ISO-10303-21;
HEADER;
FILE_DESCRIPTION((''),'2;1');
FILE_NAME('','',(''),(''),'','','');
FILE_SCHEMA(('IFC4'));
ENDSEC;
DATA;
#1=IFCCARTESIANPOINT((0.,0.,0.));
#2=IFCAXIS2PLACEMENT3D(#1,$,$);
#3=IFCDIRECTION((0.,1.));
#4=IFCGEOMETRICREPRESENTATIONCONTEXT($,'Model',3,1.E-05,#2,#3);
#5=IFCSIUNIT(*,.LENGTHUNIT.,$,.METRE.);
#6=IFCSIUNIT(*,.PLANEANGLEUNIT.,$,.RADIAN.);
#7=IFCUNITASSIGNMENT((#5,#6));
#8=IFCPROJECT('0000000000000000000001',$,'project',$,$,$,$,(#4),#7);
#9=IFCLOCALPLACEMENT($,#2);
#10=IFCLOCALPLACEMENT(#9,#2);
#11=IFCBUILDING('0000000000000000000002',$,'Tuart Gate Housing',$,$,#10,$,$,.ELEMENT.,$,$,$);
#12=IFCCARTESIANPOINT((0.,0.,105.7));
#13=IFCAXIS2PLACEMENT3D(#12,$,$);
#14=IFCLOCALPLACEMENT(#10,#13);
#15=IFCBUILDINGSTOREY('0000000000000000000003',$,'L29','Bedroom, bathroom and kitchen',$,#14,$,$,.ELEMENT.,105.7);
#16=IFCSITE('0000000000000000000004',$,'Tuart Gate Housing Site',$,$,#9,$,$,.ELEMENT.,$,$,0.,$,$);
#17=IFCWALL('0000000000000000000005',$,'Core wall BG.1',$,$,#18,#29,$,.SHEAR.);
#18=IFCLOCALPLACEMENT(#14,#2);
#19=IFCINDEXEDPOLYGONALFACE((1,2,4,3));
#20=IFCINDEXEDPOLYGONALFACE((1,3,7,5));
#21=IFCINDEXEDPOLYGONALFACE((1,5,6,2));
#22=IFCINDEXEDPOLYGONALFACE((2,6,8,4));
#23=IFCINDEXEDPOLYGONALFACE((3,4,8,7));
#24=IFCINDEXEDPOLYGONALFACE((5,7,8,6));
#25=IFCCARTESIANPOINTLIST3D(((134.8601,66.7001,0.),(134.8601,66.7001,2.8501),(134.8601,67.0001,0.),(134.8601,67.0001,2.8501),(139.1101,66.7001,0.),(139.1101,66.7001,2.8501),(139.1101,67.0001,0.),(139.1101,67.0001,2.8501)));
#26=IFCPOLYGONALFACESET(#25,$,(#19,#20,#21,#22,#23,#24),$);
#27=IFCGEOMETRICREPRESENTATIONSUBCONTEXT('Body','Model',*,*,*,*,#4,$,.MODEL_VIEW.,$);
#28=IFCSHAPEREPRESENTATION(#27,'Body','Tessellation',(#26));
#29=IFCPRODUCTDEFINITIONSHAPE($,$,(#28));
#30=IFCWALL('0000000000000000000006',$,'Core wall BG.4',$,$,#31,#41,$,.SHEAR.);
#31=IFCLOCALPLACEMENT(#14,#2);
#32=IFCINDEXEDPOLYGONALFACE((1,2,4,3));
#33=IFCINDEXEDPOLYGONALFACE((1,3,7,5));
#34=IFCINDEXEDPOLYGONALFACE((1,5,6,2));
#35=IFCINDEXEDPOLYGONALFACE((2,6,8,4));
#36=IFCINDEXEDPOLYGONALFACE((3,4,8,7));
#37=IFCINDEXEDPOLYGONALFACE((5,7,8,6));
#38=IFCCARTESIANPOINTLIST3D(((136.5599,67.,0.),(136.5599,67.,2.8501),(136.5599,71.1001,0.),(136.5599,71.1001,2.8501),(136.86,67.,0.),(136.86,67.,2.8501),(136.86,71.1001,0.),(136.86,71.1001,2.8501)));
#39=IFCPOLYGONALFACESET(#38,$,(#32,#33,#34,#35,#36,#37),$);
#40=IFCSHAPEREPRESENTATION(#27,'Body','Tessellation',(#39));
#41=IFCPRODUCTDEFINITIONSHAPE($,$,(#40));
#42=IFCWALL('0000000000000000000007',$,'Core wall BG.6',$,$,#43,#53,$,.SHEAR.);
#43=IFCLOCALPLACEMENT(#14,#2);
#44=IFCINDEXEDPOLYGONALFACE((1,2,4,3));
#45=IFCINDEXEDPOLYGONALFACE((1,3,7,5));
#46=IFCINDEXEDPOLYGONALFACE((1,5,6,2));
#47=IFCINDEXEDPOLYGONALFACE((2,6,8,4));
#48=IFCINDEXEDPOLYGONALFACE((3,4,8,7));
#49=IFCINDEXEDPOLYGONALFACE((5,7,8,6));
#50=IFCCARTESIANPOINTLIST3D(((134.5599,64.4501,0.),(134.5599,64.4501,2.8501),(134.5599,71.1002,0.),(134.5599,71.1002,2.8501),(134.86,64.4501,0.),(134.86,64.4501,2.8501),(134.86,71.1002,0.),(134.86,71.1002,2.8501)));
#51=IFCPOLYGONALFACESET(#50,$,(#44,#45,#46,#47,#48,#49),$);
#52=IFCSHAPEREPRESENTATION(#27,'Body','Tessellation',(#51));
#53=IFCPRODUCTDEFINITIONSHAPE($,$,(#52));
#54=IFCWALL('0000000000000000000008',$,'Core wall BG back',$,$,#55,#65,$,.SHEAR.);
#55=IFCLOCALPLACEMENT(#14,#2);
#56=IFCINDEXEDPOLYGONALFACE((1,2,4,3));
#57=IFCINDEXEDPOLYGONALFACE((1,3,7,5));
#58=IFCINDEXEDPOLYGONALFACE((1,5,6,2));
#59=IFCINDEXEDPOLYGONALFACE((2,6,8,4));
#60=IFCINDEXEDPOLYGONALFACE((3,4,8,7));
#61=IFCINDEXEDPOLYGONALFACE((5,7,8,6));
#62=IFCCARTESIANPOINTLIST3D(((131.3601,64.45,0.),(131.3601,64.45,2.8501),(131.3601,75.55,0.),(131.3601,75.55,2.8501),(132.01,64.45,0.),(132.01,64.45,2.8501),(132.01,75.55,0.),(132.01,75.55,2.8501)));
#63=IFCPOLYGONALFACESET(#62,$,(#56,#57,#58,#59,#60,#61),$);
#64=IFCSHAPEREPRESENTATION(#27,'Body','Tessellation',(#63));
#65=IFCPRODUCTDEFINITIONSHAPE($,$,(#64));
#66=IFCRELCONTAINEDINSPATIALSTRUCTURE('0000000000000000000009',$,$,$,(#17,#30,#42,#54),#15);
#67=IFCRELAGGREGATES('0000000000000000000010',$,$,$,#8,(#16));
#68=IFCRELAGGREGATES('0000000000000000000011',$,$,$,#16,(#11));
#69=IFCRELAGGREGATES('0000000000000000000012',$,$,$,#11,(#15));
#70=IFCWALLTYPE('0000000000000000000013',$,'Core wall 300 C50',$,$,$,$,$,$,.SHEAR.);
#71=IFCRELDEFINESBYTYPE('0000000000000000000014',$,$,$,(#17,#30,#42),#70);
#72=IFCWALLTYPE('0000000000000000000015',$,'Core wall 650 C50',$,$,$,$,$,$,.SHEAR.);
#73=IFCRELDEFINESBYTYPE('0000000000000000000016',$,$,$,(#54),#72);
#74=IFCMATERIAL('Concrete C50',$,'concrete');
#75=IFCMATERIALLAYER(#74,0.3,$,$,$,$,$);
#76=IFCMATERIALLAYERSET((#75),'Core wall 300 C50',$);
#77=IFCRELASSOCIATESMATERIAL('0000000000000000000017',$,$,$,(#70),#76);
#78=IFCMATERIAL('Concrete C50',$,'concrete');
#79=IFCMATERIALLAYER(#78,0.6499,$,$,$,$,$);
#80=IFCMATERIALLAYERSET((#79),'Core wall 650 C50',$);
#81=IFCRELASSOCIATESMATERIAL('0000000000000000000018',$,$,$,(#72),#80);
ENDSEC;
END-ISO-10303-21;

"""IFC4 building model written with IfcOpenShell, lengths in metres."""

from ifc_helpers import new_model, si_unit, direction, frame, frame_2d, origin, place, context, subcontext, project, spatial, rectangle, extrude, material, layer, layer_set, type_object, element, save


model = new_model("IFC4")

# Units and contexts
model_context = context("Model", 3, precision=1e-05, world=origin(), true_north=direction((0.0, 1.0)))
body_context = subcontext(model_context, "Body", "Model", "MODEL_VIEW")
ifc_project = project(units=[si_unit("LENGTHUNIT", "METRE"), si_unit("PLANEANGLEUNIT", "RADIAN")], contexts=[model_context])

# Site, building, storey
site_placement = place(None, origin())
site = spatial("IfcSite", under=ifc_project, at=site_placement, Name="Tuart Gate Housing Site", CompositionType="ELEMENT", RefElevation=0.0)
building_placement = place(site_placement, origin())
building = spatial("IfcBuilding", under=site, at=building_placement, Name="Tuart Gate Housing", CompositionType="ELEMENT")
storey_placement = place(building_placement, frame((0.0, 0.0, 105.7)))
storey = spatial("IfcBuildingStorey", under=building, at=storey_placement, Name="L29", Description="Bedroom, bathroom and kitchen", CompositionType="ELEMENT", Elevation=105.7)

# Walls
ifc_material_1 = material(Name="Concrete C50", Category="concrete")
ifc_layer_1 = layer(ifc_material_1, 0.3)
ifc_layer_set_1 = layer_set([ifc_layer_1], Name="Core wall 300 C50")
wall_type_1 = type_object("IfcWallType", Name="Core wall 300 C50", PredefinedType="SHEAR", material=ifc_layer_set_1)
wall_1_placement = place(storey_placement, frame((139.1101, 66.8501, 0.0), z_axis=(0.0, 0.0, 1.0), x_axis=(-1.0, 0.0, 0.0)))
element("IfcWall", 1, at=wall_1_placement, inside=storey, type_object=wall_type_1, Name="Core wall BG.1", PredefinedType="SHEAR", context=body_context, shape_type="SweptSolid", body=[
    extrude(rectangle(XDim=4.25, YDim=0.3, at=frame_2d((2.125, 0.0))), origin(), (0.0, 0.0, 1.0), 2.8501),
])
wall_2_placement = place(storey_placement, frame((136.71, 67.0, 0.0), z_axis=(0.0, 0.0, 1.0), x_axis=(0.0, 1.0, 0.0)))
element("IfcWall", 2, at=wall_2_placement, inside=storey, type_object=wall_type_1, Name="Core wall BG.4", PredefinedType="SHEAR", context=body_context, shape_type="SweptSolid", body=[
    extrude(rectangle(XDim=4.1001, YDim=0.3, at=frame_2d((2.05, 0.0))), origin(), (0.0, 0.0, 1.0), 2.8501),
])
wall_3_placement = place(storey_placement, frame((134.71, 64.45, 0.0), z_axis=(0.0, 0.0, 1.0), x_axis=(0.0, 1.0, 0.0)))
element("IfcWall", 3, at=wall_3_placement, inside=storey, type_object=wall_type_1, Name="Core wall BG.6", PredefinedType="SHEAR", context=body_context, shape_type="SweptSolid", body=[
    extrude(rectangle(XDim=6.6501, YDim=0.3, at=frame_2d((3.3252, 0.0))), origin(), (0.0, 0.0, 1.0), 2.8501),
])
ifc_material_2 = material(Name="Concrete C50", Category="concrete")
ifc_layer_2 = layer(ifc_material_2, 0.6499)
ifc_layer_set_2 = layer_set([ifc_layer_2], Name="Core wall 650 C50")
wall_type_2 = type_object("IfcWallType", Name="Core wall 650 C50", PredefinedType="SHEAR", material=ifc_layer_set_2)
wall_4_placement = place(storey_placement, frame((131.6851, 64.45, 0.0), z_axis=(0.0, 0.0, 1.0), x_axis=(0.0, 1.0, 0.0)))
element("IfcWall", 4, at=wall_4_placement, inside=storey, type_object=wall_type_2, Name="Core wall BG back", PredefinedType="SHEAR", context=body_context, shape_type="SweptSolid", body=[
    extrude(rectangle(XDim=11.1001, YDim=0.6499, at=frame_2d((5.55, 0.0))), origin(), (0.0, 0.0, 1.0), 2.8501),
])

save(model, "model.ifc")
